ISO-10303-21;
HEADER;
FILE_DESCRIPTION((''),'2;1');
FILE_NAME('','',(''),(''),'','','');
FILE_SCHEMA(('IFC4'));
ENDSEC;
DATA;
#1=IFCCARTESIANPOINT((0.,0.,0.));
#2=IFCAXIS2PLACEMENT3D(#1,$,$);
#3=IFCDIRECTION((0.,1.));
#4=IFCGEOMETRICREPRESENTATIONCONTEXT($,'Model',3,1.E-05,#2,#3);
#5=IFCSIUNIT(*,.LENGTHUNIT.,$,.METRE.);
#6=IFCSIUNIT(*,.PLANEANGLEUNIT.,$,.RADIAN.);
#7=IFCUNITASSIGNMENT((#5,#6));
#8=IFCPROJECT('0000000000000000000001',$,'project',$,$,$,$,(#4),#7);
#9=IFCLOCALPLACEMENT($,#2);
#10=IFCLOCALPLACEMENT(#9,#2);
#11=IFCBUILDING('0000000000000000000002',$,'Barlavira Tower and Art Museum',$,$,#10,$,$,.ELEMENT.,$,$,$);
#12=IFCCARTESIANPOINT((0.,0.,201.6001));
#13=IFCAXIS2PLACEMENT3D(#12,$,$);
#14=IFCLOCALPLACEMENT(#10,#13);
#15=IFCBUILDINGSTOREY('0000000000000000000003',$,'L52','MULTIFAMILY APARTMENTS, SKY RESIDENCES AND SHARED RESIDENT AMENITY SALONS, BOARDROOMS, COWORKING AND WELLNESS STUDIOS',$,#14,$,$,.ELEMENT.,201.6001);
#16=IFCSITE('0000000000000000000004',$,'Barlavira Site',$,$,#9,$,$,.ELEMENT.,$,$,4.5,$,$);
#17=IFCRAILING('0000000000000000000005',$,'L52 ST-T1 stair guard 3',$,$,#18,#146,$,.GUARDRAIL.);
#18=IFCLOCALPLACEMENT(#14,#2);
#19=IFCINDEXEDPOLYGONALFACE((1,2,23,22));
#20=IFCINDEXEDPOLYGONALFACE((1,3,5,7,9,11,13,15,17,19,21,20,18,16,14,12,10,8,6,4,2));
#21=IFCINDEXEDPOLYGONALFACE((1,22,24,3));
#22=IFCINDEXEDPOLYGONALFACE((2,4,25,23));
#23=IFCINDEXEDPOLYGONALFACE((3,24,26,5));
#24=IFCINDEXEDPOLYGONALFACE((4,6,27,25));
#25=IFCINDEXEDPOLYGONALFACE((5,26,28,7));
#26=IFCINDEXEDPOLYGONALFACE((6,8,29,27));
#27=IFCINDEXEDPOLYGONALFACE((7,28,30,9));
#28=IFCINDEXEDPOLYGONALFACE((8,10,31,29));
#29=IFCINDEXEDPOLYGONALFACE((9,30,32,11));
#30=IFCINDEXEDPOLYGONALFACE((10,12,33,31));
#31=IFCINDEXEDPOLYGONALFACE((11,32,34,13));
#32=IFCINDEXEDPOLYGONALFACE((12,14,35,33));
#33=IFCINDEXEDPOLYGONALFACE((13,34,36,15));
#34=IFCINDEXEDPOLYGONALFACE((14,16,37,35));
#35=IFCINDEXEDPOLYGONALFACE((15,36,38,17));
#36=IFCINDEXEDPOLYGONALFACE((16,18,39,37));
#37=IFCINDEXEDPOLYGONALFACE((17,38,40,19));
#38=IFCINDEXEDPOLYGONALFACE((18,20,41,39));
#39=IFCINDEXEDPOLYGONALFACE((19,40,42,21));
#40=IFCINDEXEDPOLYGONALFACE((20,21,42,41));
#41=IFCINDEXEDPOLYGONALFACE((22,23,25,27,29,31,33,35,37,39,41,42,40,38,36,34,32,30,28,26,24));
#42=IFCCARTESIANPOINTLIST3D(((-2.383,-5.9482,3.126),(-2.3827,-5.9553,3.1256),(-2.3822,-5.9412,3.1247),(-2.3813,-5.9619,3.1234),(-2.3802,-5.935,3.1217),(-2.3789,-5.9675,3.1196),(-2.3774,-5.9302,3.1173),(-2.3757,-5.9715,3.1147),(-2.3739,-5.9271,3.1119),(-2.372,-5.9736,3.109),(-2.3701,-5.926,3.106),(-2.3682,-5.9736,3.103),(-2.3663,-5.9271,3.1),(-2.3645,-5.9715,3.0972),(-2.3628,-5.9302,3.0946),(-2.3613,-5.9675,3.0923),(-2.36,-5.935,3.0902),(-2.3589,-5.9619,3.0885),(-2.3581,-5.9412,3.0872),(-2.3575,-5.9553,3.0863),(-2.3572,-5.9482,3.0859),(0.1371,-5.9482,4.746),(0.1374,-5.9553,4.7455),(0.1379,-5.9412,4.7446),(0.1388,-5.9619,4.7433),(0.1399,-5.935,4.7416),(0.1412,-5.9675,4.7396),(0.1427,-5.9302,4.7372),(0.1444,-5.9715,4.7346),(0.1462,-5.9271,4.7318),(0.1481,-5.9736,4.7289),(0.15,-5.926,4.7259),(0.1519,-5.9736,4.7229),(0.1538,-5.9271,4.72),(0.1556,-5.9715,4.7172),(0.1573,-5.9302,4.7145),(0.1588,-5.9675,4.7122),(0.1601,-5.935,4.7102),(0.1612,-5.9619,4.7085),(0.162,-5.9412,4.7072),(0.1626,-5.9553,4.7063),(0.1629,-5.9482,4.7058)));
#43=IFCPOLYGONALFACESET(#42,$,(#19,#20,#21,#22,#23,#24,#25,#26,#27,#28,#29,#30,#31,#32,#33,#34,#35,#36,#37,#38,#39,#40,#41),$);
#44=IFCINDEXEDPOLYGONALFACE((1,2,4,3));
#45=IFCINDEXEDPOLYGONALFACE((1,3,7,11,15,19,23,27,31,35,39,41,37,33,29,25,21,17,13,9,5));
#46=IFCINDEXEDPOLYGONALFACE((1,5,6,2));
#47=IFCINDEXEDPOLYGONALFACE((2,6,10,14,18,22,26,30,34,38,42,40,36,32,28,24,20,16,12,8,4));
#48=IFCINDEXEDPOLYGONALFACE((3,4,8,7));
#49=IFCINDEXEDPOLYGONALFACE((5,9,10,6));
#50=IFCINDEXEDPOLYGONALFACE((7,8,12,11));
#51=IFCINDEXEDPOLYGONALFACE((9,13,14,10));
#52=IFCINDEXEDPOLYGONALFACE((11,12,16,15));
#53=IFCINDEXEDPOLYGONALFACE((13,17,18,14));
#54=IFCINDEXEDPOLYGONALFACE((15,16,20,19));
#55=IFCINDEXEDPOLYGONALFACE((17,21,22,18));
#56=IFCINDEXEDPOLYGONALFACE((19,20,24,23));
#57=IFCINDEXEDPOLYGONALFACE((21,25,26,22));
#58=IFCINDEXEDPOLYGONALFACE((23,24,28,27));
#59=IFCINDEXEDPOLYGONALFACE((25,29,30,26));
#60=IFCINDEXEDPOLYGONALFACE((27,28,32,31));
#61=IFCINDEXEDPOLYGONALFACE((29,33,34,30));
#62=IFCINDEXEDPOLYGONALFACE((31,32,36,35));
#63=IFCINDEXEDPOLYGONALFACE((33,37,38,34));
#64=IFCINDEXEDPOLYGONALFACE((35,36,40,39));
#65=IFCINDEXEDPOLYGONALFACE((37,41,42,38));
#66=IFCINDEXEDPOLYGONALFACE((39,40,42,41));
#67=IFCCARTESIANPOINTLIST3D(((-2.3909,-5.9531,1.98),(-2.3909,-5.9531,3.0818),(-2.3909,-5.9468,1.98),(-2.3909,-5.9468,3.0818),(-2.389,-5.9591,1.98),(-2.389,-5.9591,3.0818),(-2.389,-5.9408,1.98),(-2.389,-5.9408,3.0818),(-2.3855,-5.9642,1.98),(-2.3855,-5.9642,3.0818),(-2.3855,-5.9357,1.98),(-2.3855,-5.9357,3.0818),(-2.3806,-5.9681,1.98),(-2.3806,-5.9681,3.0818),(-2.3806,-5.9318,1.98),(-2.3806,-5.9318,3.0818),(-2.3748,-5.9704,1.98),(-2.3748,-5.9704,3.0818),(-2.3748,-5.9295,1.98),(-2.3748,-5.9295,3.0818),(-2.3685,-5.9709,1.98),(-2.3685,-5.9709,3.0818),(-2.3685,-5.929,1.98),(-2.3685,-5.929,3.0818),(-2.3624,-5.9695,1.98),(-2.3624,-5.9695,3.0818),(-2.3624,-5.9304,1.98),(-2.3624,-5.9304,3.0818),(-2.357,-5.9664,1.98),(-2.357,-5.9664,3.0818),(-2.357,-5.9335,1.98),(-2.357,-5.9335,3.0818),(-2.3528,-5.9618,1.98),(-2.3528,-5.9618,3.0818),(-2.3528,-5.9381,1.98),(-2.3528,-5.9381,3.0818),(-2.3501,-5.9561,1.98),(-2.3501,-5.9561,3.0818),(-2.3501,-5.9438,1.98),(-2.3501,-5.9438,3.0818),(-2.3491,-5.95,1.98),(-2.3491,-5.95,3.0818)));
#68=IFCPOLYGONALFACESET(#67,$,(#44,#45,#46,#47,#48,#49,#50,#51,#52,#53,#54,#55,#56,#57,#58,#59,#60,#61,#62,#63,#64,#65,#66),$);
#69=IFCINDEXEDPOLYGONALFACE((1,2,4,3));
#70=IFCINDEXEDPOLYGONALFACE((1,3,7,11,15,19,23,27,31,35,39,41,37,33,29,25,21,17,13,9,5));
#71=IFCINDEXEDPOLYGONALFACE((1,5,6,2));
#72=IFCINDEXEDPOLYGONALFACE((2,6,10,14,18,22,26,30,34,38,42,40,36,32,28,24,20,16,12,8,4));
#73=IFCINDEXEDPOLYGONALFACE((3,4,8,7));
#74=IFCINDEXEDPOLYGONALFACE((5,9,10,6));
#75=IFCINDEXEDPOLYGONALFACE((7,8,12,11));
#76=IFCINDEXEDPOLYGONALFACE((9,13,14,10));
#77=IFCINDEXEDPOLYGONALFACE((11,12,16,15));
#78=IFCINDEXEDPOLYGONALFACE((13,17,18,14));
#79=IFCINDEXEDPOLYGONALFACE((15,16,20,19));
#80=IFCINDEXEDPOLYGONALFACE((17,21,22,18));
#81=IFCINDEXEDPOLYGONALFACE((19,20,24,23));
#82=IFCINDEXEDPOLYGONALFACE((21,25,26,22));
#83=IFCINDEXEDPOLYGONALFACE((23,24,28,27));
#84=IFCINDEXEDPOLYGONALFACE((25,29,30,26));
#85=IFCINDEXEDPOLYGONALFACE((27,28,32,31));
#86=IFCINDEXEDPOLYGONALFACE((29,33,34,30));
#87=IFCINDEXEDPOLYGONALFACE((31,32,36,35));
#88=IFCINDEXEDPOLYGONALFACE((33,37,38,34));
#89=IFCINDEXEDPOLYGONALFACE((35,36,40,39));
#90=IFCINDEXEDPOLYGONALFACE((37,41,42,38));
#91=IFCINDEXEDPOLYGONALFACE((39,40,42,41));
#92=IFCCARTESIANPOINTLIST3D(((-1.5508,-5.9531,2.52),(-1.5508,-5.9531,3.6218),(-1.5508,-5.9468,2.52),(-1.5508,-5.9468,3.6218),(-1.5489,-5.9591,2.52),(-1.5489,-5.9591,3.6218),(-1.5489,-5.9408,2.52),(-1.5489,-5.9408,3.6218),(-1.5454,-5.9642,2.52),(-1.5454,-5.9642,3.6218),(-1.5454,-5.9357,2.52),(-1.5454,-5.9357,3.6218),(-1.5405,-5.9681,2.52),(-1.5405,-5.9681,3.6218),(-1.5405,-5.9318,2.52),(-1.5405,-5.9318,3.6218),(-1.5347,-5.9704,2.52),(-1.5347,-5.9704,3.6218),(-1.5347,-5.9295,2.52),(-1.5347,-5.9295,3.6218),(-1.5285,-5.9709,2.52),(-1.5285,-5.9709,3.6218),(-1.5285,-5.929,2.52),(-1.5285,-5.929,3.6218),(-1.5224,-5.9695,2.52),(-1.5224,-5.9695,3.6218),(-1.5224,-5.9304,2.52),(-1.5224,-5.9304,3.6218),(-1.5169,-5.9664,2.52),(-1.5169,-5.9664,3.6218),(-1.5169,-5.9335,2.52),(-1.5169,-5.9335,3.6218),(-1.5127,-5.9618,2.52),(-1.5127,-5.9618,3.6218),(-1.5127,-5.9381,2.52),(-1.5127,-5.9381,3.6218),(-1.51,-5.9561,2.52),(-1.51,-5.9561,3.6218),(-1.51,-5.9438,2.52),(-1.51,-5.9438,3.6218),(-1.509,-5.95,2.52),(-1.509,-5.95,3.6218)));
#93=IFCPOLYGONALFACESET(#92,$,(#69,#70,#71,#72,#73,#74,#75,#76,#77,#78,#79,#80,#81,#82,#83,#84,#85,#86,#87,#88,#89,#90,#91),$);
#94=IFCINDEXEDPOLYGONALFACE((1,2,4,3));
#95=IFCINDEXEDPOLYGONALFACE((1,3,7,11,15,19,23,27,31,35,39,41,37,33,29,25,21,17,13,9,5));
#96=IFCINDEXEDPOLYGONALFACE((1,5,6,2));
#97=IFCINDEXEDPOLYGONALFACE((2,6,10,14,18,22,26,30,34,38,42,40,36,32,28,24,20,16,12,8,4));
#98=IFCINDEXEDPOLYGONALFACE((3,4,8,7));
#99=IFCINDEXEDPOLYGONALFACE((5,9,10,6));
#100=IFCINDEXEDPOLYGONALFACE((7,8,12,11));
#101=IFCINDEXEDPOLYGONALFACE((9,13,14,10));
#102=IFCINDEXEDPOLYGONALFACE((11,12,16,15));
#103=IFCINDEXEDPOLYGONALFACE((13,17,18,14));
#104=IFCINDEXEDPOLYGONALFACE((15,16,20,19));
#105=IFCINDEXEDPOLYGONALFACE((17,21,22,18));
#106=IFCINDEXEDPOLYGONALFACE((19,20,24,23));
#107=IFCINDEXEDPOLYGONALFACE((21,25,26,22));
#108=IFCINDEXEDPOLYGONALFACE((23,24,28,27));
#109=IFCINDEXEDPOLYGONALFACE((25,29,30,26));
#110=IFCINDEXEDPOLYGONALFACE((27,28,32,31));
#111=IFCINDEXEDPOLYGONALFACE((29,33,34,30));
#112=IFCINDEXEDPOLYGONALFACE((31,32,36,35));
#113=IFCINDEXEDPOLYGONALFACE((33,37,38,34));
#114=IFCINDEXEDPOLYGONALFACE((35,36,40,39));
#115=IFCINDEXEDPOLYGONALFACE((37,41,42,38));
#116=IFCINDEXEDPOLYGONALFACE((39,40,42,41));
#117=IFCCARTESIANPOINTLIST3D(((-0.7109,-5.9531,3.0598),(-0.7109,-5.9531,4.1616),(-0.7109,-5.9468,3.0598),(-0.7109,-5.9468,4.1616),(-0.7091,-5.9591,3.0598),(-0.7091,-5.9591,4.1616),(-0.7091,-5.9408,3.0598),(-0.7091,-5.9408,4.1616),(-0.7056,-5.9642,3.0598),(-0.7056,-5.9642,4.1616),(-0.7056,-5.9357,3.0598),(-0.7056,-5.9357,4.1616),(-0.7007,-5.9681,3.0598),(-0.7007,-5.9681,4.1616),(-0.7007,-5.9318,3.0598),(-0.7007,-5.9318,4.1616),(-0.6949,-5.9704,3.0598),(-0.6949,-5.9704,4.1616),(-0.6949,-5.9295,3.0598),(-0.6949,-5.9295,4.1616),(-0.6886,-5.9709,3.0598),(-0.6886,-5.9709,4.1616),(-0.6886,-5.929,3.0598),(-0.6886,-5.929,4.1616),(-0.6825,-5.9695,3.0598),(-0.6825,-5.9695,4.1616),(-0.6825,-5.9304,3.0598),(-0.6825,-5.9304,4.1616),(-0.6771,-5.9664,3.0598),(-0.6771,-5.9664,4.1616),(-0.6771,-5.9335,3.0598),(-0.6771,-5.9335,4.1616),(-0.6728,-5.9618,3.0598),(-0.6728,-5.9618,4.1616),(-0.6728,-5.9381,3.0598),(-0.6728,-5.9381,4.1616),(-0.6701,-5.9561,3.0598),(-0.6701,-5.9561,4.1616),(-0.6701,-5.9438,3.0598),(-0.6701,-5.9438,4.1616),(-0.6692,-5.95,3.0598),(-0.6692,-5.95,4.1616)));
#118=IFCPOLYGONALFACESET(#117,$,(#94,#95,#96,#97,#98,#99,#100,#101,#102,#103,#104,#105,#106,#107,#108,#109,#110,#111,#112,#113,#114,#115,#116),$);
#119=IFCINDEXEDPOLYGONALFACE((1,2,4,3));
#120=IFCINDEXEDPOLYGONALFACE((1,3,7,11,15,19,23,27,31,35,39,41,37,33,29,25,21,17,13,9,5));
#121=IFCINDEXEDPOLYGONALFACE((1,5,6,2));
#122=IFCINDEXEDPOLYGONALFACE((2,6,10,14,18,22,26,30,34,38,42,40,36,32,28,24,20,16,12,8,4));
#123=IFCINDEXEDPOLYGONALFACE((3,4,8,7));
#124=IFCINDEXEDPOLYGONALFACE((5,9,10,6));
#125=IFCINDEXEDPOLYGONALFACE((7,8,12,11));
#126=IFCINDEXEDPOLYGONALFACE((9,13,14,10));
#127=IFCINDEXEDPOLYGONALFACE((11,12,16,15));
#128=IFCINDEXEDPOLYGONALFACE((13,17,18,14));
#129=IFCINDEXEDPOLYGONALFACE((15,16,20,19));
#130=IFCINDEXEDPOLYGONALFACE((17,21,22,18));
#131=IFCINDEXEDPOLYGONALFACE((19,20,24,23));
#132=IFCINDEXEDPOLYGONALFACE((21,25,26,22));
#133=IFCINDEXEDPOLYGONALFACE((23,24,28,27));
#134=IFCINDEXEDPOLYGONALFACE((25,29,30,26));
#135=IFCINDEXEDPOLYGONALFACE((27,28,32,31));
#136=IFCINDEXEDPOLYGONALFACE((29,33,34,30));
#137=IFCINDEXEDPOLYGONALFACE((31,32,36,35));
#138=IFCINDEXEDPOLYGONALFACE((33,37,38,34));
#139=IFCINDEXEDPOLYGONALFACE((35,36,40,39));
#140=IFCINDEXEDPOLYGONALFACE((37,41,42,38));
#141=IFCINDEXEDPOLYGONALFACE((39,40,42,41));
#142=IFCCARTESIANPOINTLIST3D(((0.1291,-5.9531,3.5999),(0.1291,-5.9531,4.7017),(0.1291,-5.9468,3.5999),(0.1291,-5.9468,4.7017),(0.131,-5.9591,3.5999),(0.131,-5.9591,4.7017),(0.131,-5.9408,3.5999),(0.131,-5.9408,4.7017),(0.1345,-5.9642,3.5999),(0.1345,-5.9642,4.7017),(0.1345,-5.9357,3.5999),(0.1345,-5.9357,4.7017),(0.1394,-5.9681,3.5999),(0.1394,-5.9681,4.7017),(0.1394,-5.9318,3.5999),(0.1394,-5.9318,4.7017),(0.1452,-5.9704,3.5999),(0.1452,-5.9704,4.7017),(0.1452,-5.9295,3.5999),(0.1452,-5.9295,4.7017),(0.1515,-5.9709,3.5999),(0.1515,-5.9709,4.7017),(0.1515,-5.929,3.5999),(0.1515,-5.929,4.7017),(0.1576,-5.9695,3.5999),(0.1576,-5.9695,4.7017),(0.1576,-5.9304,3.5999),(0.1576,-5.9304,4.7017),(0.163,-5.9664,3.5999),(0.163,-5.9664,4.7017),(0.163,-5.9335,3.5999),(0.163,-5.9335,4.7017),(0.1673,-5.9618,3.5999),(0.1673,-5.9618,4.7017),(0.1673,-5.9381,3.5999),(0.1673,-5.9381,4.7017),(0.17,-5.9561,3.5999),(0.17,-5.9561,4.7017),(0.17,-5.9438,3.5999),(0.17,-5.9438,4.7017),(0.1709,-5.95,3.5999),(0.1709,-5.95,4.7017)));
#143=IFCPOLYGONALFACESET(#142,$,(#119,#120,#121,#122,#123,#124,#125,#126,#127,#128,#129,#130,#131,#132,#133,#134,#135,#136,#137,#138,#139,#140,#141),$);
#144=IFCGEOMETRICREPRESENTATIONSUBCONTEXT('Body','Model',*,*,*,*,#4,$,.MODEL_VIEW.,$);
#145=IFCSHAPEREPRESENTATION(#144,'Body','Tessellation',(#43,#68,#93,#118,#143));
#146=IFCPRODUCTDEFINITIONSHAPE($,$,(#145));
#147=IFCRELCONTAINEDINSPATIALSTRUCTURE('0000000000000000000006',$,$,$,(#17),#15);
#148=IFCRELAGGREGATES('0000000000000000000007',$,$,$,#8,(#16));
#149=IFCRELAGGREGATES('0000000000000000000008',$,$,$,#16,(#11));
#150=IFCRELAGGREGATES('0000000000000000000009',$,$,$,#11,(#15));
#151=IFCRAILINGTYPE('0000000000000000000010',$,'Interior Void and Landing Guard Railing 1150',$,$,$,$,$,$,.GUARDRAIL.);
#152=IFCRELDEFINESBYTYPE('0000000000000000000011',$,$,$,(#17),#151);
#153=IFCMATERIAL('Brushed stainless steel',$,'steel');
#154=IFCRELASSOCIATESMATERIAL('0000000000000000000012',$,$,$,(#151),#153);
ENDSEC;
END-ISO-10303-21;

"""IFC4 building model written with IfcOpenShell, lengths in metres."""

from ifc_helpers import new_model, si_unit, direction, frame, origin, origin_2d, place, context, subcontext, project, spatial, circle, extrude, material, type_object, element, save


model = new_model("IFC4")

# Units and contexts
model_context = context("Model", 3, precision=1e-05, world=origin(), true_north=direction((0.0, 1.0)))
body_context = subcontext(model_context, "Body", "Model", "MODEL_VIEW")
ifc_project = project(units=[si_unit("LENGTHUNIT", "METRE"), si_unit("PLANEANGLEUNIT", "RADIAN")], contexts=[model_context])

# Site, building, storey
site_placement = place(None, origin())
site = spatial("IfcSite", under=ifc_project, at=site_placement, Name="Barlavira Site", CompositionType="ELEMENT", RefElevation=4.5)
building_placement = place(site_placement, origin())
building = spatial("IfcBuilding", under=site, at=building_placement, Name="Barlavira Tower and Art Museum", CompositionType="ELEMENT")
storey_placement = place(building_placement, frame((0.0, 0.0, 201.6001)))
storey = spatial("IfcBuildingStorey", under=building, at=storey_placement, Name="L52", Description="MULTIFAMILY APARTMENTS, SKY RESIDENCES AND SHARED RESIDENT AMENITY SALONS, BOARDROOMS, COWORKING AND WELLNESS STUDIOS", CompositionType="ELEMENT", Elevation=201.6001)

# Shared definitions
ifc_material_1 = material(Name="Brushed stainless steel", Category="steel")

# Railing
railing_type_1 = type_object("IfcRailingType", Name="Interior Void and Landing Guard Railing 1150", PredefinedType="GUARDRAIL", material=ifc_material_1)
railing_1_placement = place(storey_placement, frame((-2.3701, -5.95, 1.98)))
element("IfcRailing", 1, at=railing_1_placement, inside=storey, type_object=railing_type_1, Name="L52 ST-T1 stair guard 3", PredefinedType="GUARDRAIL", context=body_context, shape_type="SweptSolid", body=[
    extrude(circle(Radius=0.0239, at=origin_2d()), frame((0.0, 0.0, 1.126), z_axis=(0.8412, 0.0, 0.540725), x_axis=(0.0, 1.0, 0.0)), (0.0, 0.0, 1.0), 2.9958),
    extrude(circle(Radius=0.021, at=origin_2d()), origin(), (0.0, 0.0, 1.0), 1.1018),
    extrude(circle(Radius=0.021, at=origin_2d()), frame((0.8401, 0.0, 0.54)), (0.0, 0.0, 1.0), 1.1018),
    extrude(circle(Radius=0.021, at=origin_2d()), frame((1.6799, 0.0, 1.0798)), (0.0, 0.0, 1.0), 1.1018),
    extrude(circle(Radius=0.021, at=origin_2d()), frame((2.52, 0.0, 1.6199)), (0.0, 0.0, 1.0), 1.1018),
])

save(model, "model.ifc")
